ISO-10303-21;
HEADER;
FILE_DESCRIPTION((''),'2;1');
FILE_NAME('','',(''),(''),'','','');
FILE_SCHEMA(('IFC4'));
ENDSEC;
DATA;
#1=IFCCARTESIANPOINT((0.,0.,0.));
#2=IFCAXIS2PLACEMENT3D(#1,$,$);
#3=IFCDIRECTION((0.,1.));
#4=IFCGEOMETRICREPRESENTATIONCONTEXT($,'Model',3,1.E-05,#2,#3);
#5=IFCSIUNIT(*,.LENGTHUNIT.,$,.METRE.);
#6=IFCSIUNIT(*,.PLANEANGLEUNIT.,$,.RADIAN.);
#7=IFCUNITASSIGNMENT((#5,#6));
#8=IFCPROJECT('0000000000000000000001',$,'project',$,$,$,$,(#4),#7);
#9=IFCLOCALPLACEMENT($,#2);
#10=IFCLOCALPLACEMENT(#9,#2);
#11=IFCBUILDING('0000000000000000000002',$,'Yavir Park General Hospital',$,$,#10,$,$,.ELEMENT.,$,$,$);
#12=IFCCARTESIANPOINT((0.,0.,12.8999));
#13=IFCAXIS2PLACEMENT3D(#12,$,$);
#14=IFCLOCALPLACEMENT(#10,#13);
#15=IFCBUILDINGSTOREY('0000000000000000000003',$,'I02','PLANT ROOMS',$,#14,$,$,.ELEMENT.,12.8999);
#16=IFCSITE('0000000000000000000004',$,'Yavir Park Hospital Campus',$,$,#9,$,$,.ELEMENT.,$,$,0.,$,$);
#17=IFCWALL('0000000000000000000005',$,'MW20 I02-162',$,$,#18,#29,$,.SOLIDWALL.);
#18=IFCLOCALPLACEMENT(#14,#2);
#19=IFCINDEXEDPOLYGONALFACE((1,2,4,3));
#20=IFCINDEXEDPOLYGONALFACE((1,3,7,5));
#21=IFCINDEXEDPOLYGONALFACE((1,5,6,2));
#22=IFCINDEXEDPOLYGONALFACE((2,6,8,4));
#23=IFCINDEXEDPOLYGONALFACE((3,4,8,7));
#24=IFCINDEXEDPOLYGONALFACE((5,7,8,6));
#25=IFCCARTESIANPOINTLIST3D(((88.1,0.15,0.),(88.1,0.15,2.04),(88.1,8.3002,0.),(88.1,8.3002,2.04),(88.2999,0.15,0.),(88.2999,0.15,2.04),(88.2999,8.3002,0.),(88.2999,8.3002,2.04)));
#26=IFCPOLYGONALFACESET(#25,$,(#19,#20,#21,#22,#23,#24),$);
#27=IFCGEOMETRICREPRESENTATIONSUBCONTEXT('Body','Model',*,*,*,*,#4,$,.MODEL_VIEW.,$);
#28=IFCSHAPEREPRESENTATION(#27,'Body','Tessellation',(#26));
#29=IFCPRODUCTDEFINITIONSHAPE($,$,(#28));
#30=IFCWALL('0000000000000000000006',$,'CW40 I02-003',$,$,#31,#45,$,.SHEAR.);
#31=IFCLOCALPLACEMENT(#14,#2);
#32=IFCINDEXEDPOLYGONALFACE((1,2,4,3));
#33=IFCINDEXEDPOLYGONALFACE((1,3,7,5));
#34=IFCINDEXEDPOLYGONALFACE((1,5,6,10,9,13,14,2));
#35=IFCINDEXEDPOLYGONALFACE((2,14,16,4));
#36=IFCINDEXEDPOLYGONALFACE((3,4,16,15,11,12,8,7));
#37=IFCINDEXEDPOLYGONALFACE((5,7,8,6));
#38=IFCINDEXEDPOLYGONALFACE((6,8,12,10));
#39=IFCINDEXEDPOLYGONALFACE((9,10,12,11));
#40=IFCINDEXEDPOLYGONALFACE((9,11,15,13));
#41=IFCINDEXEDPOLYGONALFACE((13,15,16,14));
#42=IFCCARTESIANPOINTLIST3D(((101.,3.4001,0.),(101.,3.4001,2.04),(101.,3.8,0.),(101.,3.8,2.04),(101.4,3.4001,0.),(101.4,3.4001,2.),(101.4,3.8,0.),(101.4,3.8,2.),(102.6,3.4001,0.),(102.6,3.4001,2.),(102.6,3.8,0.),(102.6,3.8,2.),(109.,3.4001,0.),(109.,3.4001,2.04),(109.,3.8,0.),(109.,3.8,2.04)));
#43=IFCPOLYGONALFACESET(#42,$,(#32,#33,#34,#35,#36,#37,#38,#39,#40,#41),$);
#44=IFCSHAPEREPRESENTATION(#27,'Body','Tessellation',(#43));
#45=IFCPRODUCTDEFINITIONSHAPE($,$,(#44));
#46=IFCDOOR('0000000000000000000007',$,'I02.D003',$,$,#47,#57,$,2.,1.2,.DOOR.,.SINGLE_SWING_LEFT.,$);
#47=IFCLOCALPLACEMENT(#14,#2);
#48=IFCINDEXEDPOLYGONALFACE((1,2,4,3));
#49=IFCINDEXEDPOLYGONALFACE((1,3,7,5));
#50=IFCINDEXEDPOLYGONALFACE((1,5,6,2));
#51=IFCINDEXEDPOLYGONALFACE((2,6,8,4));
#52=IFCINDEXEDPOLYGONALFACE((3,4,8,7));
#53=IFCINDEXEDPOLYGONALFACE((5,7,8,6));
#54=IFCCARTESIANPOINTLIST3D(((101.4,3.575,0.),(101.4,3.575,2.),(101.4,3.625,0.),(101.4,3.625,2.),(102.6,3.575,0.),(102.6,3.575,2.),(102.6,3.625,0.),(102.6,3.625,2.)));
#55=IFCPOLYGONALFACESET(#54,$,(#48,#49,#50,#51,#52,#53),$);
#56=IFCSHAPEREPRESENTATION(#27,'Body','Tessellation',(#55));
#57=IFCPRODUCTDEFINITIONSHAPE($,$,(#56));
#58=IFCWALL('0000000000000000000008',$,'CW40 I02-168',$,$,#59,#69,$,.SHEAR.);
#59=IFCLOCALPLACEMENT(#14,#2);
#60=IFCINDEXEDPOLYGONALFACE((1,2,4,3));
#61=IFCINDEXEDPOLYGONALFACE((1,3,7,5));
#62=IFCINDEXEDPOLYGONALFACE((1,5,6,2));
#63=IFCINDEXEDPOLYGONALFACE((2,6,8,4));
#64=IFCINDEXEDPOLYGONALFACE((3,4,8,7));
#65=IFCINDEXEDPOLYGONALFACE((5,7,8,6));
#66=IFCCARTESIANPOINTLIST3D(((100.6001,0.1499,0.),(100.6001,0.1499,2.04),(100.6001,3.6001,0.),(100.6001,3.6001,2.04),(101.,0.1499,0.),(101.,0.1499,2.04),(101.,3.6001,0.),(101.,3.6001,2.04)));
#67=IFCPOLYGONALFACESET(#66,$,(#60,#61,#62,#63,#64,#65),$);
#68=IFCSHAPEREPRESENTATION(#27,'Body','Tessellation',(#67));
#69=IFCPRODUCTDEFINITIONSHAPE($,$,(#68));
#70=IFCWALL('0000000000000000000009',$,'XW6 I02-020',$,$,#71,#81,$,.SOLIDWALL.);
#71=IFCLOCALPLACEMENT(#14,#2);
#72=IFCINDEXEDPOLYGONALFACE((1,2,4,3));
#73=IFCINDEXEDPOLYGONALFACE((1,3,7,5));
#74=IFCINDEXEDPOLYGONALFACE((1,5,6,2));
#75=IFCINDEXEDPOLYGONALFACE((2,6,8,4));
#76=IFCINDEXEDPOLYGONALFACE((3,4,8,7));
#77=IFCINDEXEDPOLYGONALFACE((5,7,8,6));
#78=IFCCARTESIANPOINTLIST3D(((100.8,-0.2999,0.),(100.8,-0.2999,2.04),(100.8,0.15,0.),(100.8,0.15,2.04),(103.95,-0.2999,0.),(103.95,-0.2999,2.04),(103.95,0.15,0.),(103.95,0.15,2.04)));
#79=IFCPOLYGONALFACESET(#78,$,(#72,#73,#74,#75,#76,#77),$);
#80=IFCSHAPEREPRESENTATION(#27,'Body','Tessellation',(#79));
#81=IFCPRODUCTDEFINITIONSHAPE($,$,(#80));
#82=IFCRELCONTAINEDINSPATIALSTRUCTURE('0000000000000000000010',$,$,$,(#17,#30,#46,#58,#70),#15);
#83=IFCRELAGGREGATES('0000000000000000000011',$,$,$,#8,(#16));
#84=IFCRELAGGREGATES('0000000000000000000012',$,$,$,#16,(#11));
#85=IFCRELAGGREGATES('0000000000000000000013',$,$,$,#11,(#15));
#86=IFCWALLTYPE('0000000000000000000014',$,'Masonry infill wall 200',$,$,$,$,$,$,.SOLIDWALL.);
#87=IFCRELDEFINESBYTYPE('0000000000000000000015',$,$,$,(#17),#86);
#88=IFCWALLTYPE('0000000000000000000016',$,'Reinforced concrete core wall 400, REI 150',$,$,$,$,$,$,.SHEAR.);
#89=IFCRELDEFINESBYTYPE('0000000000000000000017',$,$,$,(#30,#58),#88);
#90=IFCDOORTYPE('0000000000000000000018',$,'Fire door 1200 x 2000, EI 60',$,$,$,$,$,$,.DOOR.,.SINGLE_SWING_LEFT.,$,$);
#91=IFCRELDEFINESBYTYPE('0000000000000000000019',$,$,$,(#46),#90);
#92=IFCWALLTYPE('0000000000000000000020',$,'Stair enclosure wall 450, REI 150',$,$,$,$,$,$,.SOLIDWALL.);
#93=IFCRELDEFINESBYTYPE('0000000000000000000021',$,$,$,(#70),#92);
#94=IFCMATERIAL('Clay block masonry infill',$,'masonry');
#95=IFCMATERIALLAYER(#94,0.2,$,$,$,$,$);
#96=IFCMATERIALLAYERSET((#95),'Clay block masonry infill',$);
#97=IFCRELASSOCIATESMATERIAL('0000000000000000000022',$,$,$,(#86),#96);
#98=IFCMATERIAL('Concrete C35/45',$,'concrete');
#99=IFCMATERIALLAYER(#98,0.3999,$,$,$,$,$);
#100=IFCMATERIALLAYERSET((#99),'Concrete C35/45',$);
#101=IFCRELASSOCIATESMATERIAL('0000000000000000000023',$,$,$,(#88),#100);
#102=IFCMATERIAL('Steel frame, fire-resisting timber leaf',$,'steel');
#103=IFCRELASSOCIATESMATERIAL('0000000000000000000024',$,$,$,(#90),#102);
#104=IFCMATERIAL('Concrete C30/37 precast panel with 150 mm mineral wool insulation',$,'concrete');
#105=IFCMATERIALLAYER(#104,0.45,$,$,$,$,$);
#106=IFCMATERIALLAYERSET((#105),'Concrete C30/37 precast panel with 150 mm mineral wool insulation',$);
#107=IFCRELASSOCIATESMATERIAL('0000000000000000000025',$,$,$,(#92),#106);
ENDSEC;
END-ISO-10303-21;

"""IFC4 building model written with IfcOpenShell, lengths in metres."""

from ifc_helpers import new_model, si_unit, direction, frame, frame_2d, origin, place, context, subcontext, project, spatial, rectangle, extrude, material, layer, layer_set, type_object, element, fill, save


model = new_model("IFC4")

# Units and contexts
model_context = context("Model", 3, precision=1e-05, world=origin(), true_north=direction((0.0, 1.0)))
body_context = subcontext(model_context, "Body", "Model", "MODEL_VIEW")
ifc_project = project(units=[si_unit("LENGTHUNIT", "METRE"), si_unit("PLANEANGLEUNIT", "RADIAN")], contexts=[model_context])

# Site, building, storey
site_placement = place(None, origin())
site = spatial("IfcSite", under=ifc_project, at=site_placement, Name="Yavir Park Hospital Campus", CompositionType="ELEMENT", RefElevation=0.0)
building_placement = place(site_placement, origin())
building = spatial("IfcBuilding", under=site, at=building_placement, Name="Yavir Park General Hospital", CompositionType="ELEMENT")
storey_placement = place(building_placement, frame((0.0, 0.0, 12.8999)))
storey = spatial("IfcBuildingStorey", under=building, at=storey_placement, Name="I02", Description="PLANT ROOMS", CompositionType="ELEMENT", Elevation=12.8999)

# Shared definitions
ifc_material_1 = material(Name="Clay block masonry infill", Category="masonry")
ifc_layer_1 = layer(ifc_material_1, 0.2)
ifc_layer_set_1 = layer_set([ifc_layer_1], Name="Clay block masonry infill")
wall_type_1 = type_object("IfcWallType", Name="Masonry infill wall 200", PredefinedType="SOLIDWALL", material=ifc_layer_set_1)

# Wall
wall_1_placement = place(storey_placement, frame((88.2, 0.1499, 0.0), z_axis=(0.0, 0.0, 1.0), x_axis=(0.0, 1.0, 0.0)))
element("IfcWall", 1, at=wall_1_placement, inside=storey, type_object=wall_type_1, Name="MW20 I02-162", PredefinedType="SOLIDWALL", context=body_context, shape_type="SweptSolid", body=[
    extrude(rectangle(XDim=8.1501, YDim=0.2, at=frame_2d((4.0752, 0.0))), origin(), (0.0, 0.0, 1.0), 2.04),
])

# Wall, opening, door
ifc_material_2 = material(Name="Concrete C35/45", Category="concrete")
ifc_layer_2 = layer(ifc_material_2, 0.3999)
ifc_layer_set_2 = layer_set([ifc_layer_2], Name="Concrete C35/45")
wall_type_2 = type_object("IfcWallType", Name="Reinforced concrete core wall 400, REI 150", PredefinedType="SHEAR", material=ifc_layer_set_2)
wall_2_placement = place(storey_placement, frame((101.0, 3.6001, 0.0), z_axis=(0.0, 0.0, 1.0), x_axis=(1.0, 0.0, 0.0)))
wall_2 = element("IfcWall", 2, at=wall_2_placement, inside=storey, type_object=wall_type_2, Name="CW40 I02-003", PredefinedType="SHEAR", context=body_context, shape_type="SweptSolid", body=[
    extrude(rectangle(XDim=8.0, YDim=0.3999, at=frame_2d((4.0, 0.0))), origin(), (0.0, 0.0, 1.0), 2.04),
])
opening_1_placement = place(wall_2_placement, frame((0.3999, 0.0, 0.0)))
opening_1 = element("IfcOpeningElement", 3, at=opening_1_placement, cuts=wall_2, PredefinedType="OPENING", context=body_context, shape_type="SweptSolid", body=[
    extrude(rectangle(XDim=1.2, YDim=2.0, at=frame_2d((0.6001, 1.0))), frame((0.0, 0.21, 0.0), z_axis=(0.0, -1.0, 0.0), x_axis=(1.0, 0.0, 0.0)), (0.0, 0.0, 1.0), 0.4199),
])
ifc_material_3 = material(Name="Steel frame, fire-resisting timber leaf", Category="steel")
door_type_1 = type_object("IfcDoorType", Name="Fire door 1200 x 2000, EI 60", OperationType="SINGLE_SWING_LEFT", PredefinedType="DOOR", material=ifc_material_3)
door_1_placement = place(opening_1_placement, origin())
door_1 = element("IfcDoor", 4, at=door_1_placement, inside=storey, type_object=door_type_1, Name="I02.D003", OperationType="SINGLE_SWING_LEFT", OverallHeight=2.0, OverallWidth=1.2, PredefinedType="DOOR", context=body_context, shape_type="SweptSolid", body=[
    extrude(rectangle(XDim=1.2, YDim=2.0, at=frame_2d((0.6001, 1.0))), frame((0.0, 0.0249, 0.0), z_axis=(0.0, -1.0, 0.0), x_axis=(1.0, 0.0, 0.0)), (0.0, 0.0, 1.0), 0.05),
])
fill(opening_1, door_1)

# Walls
wall_3_placement = place(storey_placement, frame((100.8, 0.1499, 0.0), z_axis=(0.0, 0.0, 1.0), x_axis=(0.0, 1.0, 0.0)))
element("IfcWall", 5, at=wall_3_placement, inside=storey, type_object=wall_type_2, Name="CW40 I02-168", PredefinedType="SHEAR", context=body_context, shape_type="SweptSolid", body=[
    extrude(rectangle(XDim=3.4502, YDim=0.3999, at=frame_2d((1.7251, 0.0))), origin(), (0.0, 0.0, 1.0), 2.04),
])
ifc_material_4 = material(Name="Concrete C30/37 precast panel with 150 mm mineral wool insulation", Category="concrete")
ifc_layer_3 = layer(ifc_material_4, 0.45)
ifc_layer_set_3 = layer_set([ifc_layer_3], Name="Concrete C30/37 precast panel with 150 mm mineral wool insulation")
wall_type_3 = type_object("IfcWallType", Name="Stair enclosure wall 450, REI 150", PredefinedType="SOLIDWALL", material=ifc_layer_set_3)
wall_4_placement = place(storey_placement, frame((100.8, -0.075, 0.0), z_axis=(0.0, 0.0, 1.0), x_axis=(1.0, 0.0, 0.0)))
element("IfcWall", 6, at=wall_4_placement, inside=storey, type_object=wall_type_3, Name="XW6 I02-020", PredefinedType="SOLIDWALL", context=body_context, shape_type="SweptSolid", body=[
    extrude(rectangle(XDim=3.1499, YDim=0.45, at=frame_2d((1.575, 0.0))), origin(), (0.0, 0.0, 1.0), 2.04),
])

save(model, "model.ifc")
